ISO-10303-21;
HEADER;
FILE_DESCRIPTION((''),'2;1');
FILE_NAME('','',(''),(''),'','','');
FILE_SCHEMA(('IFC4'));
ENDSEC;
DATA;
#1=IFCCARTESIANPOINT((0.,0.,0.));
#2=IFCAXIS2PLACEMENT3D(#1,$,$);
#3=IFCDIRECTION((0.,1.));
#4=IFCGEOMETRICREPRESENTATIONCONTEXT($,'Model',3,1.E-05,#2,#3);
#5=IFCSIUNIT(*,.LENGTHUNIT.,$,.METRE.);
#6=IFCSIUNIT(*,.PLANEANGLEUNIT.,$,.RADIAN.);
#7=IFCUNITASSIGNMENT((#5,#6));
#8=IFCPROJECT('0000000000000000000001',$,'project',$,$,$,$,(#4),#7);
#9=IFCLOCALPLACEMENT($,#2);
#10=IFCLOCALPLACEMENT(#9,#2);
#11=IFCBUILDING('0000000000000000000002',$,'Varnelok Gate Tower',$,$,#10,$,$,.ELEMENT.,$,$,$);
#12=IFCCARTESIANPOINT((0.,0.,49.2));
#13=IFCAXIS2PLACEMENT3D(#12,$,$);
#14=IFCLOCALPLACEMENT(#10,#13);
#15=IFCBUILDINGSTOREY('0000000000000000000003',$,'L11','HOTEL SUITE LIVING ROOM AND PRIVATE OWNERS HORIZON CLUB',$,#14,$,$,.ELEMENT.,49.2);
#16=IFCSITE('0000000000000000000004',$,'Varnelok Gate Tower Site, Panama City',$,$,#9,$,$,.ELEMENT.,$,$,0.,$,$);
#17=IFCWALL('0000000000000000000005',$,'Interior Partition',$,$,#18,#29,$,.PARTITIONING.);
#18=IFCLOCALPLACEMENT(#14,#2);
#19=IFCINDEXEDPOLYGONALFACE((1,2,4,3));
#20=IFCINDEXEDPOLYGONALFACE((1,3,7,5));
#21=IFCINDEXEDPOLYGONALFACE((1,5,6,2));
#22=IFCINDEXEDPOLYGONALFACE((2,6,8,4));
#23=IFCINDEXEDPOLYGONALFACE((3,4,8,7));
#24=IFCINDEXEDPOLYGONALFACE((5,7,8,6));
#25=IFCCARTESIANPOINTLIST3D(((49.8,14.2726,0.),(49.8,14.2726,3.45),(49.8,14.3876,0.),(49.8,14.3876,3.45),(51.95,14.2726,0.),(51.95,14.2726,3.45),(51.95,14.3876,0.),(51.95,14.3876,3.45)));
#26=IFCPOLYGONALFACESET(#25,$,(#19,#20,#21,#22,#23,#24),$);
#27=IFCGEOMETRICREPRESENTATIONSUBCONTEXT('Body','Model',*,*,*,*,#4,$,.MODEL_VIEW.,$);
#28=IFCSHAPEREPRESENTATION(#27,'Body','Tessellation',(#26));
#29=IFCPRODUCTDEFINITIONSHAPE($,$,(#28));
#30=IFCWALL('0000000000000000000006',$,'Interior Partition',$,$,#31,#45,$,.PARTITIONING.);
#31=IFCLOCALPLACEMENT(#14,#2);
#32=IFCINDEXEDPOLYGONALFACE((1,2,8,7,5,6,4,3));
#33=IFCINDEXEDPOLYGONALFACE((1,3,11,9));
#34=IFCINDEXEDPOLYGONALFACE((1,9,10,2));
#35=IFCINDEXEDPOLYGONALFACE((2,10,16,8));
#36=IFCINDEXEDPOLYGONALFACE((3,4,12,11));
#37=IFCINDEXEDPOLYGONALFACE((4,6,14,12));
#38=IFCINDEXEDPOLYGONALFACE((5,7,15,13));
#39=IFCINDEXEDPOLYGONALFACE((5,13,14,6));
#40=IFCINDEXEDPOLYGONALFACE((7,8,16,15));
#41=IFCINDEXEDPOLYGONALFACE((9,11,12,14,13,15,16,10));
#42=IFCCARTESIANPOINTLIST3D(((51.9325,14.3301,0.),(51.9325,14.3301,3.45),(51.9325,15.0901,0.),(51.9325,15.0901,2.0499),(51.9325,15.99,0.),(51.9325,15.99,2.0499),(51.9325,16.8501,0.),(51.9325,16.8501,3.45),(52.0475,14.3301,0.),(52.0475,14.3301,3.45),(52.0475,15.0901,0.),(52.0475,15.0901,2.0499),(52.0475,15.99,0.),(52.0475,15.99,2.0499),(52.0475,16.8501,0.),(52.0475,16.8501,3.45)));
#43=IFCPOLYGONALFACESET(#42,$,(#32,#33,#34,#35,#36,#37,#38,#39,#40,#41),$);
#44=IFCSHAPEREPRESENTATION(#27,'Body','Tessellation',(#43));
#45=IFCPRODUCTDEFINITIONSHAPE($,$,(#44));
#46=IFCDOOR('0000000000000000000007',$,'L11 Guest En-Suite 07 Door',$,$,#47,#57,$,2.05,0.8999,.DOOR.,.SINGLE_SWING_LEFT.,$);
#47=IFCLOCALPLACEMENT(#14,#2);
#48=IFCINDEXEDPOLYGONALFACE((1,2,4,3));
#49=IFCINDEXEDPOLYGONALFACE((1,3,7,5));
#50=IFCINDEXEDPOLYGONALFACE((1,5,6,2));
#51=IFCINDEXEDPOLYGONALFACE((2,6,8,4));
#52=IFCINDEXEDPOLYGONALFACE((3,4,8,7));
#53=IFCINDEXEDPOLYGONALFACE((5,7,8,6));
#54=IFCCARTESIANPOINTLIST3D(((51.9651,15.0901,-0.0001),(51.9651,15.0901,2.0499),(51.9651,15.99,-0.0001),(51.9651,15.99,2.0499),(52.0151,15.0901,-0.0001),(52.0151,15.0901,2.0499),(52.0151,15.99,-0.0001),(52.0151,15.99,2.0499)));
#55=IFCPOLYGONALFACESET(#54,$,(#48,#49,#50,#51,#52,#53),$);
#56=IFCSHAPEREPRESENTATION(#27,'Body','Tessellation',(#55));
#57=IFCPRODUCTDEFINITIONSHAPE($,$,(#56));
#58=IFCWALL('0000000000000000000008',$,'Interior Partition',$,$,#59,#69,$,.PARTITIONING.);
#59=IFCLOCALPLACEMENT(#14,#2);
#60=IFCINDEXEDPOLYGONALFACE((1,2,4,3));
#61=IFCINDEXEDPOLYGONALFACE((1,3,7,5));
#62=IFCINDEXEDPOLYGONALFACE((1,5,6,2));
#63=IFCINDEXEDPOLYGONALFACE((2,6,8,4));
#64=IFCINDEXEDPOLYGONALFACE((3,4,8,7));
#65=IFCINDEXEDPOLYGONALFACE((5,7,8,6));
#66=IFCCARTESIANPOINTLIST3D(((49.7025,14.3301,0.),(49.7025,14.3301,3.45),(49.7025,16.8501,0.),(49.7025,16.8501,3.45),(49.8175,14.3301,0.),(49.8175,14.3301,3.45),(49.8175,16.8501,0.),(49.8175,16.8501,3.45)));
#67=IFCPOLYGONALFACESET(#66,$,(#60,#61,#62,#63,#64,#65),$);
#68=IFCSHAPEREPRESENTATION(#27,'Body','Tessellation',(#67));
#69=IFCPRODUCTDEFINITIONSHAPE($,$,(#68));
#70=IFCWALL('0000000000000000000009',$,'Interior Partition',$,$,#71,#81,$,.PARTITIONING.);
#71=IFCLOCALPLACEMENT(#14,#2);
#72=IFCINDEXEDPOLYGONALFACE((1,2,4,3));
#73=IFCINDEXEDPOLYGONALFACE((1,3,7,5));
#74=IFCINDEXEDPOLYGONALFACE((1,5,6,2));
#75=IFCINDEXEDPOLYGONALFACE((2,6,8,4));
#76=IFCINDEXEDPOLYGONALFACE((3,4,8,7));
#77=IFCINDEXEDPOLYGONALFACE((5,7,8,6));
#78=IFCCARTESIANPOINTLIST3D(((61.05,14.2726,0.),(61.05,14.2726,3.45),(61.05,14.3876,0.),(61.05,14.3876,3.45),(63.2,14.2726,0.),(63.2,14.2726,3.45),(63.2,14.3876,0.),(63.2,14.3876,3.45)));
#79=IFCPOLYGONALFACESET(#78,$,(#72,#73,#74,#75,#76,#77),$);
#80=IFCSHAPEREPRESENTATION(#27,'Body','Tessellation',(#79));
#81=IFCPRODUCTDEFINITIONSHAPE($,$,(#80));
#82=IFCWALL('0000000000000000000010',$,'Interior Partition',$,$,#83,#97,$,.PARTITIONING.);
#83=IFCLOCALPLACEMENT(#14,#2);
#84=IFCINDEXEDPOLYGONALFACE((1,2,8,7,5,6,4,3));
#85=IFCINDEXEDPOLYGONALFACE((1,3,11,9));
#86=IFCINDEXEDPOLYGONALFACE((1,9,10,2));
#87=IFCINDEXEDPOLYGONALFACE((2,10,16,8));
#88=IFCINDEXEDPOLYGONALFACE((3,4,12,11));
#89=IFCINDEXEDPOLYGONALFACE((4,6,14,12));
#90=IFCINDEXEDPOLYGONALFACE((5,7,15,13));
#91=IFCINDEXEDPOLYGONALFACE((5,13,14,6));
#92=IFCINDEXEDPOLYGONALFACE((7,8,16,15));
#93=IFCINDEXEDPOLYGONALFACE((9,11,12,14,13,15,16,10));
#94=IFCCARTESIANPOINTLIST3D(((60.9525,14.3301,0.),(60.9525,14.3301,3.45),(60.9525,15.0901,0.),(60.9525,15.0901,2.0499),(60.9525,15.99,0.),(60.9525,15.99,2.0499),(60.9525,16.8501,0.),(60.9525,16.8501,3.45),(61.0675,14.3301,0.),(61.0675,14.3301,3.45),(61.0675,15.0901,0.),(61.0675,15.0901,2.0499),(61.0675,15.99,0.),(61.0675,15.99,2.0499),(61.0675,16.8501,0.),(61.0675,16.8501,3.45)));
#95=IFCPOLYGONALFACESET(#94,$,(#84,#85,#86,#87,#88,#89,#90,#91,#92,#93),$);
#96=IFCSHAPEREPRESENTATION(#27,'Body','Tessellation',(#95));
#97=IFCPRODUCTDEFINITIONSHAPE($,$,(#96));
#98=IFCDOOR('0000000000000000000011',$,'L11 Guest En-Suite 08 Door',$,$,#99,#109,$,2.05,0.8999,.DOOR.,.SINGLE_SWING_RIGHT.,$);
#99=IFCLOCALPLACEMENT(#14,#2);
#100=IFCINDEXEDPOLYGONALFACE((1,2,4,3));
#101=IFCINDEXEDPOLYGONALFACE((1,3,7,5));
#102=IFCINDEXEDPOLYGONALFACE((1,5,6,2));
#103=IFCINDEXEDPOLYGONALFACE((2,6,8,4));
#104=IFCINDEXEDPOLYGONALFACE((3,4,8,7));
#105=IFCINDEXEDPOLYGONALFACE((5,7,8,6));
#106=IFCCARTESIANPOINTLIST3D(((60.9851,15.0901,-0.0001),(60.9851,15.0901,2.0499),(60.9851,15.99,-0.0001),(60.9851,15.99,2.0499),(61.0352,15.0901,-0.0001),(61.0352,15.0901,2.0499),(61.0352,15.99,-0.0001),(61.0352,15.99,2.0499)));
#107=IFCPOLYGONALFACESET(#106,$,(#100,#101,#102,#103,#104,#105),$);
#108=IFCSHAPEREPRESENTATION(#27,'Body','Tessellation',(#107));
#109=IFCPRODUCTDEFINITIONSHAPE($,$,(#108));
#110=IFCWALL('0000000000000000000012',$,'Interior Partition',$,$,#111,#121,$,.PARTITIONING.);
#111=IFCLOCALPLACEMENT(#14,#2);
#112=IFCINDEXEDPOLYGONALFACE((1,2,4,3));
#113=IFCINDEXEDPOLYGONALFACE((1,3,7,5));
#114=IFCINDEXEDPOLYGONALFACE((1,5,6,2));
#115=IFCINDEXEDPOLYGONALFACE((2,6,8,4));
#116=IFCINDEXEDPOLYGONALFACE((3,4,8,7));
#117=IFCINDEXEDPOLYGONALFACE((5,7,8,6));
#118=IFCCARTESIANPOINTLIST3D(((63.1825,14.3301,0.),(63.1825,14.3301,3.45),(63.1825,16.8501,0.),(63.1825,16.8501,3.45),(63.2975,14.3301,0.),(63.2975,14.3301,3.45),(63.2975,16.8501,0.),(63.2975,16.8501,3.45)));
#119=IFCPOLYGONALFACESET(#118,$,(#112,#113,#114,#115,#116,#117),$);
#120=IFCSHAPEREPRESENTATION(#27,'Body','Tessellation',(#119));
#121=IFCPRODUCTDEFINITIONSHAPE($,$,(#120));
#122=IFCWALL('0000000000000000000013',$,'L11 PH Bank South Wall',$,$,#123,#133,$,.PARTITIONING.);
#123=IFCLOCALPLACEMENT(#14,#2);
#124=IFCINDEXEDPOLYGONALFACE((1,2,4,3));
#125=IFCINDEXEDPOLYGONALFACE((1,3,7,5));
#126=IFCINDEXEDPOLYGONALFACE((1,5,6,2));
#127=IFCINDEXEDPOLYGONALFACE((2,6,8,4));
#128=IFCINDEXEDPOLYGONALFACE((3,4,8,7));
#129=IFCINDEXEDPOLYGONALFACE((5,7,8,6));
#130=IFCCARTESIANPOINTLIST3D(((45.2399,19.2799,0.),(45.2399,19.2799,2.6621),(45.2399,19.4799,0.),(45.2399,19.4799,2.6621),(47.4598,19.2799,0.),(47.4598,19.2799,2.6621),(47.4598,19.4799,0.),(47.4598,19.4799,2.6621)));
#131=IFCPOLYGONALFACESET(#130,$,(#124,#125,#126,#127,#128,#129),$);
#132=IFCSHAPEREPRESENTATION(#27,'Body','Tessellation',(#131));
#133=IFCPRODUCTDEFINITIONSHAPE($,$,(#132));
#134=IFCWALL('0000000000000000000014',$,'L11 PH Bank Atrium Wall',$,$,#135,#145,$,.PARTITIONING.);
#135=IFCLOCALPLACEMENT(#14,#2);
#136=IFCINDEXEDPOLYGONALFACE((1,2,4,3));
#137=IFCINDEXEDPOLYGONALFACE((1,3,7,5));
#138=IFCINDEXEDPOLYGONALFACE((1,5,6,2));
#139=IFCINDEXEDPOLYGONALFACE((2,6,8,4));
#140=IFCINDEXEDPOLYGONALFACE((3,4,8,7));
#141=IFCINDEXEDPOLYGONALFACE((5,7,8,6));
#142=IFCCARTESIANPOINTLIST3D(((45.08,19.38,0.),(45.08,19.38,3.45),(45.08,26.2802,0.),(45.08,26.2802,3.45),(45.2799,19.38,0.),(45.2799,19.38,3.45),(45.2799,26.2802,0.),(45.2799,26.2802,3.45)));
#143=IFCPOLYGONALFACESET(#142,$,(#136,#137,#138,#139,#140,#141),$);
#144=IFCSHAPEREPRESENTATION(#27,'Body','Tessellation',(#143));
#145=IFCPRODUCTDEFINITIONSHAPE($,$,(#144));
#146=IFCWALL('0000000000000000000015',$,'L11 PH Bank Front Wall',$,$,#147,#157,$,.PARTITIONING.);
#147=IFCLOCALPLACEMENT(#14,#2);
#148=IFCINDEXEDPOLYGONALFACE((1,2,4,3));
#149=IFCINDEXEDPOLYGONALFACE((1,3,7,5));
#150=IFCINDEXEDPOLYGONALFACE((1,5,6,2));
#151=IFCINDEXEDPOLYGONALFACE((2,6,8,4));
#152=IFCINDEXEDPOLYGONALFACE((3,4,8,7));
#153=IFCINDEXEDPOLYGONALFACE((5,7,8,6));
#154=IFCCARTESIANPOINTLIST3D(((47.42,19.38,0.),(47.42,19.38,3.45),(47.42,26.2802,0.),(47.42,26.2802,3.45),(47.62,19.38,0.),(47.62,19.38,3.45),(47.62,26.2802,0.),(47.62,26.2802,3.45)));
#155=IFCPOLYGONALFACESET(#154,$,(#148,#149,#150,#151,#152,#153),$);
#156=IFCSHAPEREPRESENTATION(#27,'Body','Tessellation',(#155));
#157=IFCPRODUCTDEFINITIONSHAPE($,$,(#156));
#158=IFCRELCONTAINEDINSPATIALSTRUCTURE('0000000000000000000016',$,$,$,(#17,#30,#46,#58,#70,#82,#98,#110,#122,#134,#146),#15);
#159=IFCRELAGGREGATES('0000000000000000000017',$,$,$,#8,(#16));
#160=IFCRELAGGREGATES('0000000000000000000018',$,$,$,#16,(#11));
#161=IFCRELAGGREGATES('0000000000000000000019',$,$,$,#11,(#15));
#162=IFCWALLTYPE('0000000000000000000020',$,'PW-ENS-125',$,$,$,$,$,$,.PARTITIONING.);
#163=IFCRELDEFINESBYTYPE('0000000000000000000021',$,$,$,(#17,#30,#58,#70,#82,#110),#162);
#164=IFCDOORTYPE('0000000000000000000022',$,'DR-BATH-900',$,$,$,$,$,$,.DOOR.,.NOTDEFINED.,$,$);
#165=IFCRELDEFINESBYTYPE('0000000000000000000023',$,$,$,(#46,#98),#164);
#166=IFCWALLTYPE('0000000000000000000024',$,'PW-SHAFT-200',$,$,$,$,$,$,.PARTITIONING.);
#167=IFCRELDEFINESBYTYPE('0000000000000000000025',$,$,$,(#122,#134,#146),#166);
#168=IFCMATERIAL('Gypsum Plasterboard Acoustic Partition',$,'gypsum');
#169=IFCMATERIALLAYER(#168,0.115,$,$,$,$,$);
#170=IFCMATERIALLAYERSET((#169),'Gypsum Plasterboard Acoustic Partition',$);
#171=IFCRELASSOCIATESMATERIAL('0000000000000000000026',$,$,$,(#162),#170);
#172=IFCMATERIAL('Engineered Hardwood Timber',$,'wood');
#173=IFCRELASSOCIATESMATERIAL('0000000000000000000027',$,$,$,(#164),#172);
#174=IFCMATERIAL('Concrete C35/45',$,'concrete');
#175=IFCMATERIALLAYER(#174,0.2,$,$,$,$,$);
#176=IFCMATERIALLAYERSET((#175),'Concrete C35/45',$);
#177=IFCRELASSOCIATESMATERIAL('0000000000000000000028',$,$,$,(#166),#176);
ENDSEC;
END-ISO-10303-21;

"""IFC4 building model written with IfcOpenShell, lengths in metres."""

from ifc_helpers import new_model, si_unit, direction, frame, frame_2d, origin, place, context, subcontext, project, spatial, rectangle, extrude, material, layer, layer_set, type_object, element, fill, save


model = new_model("IFC4")

# Units and contexts
model_context = context("Model", 3, precision=1e-05, world=origin(), true_north=direction((0.0, 1.0)))
body_context = subcontext(model_context, "Body", "Model", "MODEL_VIEW")
ifc_project = project(units=[si_unit("LENGTHUNIT", "METRE"), si_unit("PLANEANGLEUNIT", "RADIAN")], contexts=[model_context])

# Site, building, storey
site_placement = place(None, origin())
site = spatial("IfcSite", under=ifc_project, at=site_placement, Name="Varnelok Gate Tower Site, Panama City", CompositionType="ELEMENT", RefElevation=0.0)
building_placement = place(site_placement, origin())
building = spatial("IfcBuilding", under=site, at=building_placement, Name="Varnelok Gate Tower", CompositionType="ELEMENT")
storey_placement = place(building_placement, frame((0.0, 0.0, 49.2)))
storey = spatial("IfcBuildingStorey", under=building, at=storey_placement, Name="L11", Description="HOTEL SUITE LIVING ROOM AND PRIVATE OWNERS HORIZON CLUB", CompositionType="ELEMENT", Elevation=49.2)

# Shared definitions
ifc_material_1 = material(Name="Gypsum Plasterboard Acoustic Partition", Category="gypsum")
ifc_material_2 = material(Name="Engineered Hardwood Timber", Category="wood")

# Wall
ifc_layer_1 = layer(ifc_material_1, 0.115)
ifc_layer_set_1 = layer_set([ifc_layer_1], Name="Gypsum Plasterboard Acoustic Partition")
wall_type_1 = type_object("IfcWallType", Name="PW-ENS-125", PredefinedType="PARTITIONING", material=ifc_layer_set_1)
wall_1_placement = place(storey_placement, frame((49.8, 14.3301, 0.0), z_axis=(0.0, 0.0, 1.0), x_axis=(1.0, 0.0, 0.0)))
element("IfcWall", 1, at=wall_1_placement, inside=storey, type_object=wall_type_1, Name="Interior Partition", PredefinedType="PARTITIONING", context=body_context, shape_type="SweptSolid", body=[
    extrude(rectangle(XDim=2.1499, YDim=0.115, at=frame_2d((1.075, 0.0))), origin(), (0.0, 0.0, 1.0), 3.45),
])

# Wall, opening, door
wall_2_placement = place(storey_placement, frame((51.99, 14.3301, 0.0), z_axis=(0.0, 0.0, 1.0), x_axis=(0.0, 1.0, 0.0)))
wall_2 = element("IfcWall", 2, at=wall_2_placement, inside=storey, type_object=wall_type_1, Name="Interior Partition", PredefinedType="PARTITIONING", context=body_context, shape_type="SweptSolid", body=[
    extrude(rectangle(XDim=2.52, YDim=0.115, at=frame_2d((1.26, 0.0))), origin(), (0.0, 0.0, 1.0), 3.45),
])
opening_1_placement = place(wall_2_placement, frame((0.76, 0.0, 0.0)))
opening_1 = element("IfcOpeningElement", 3, at=opening_1_placement, cuts=wall_2, PredefinedType="OPENING", context=body_context, shape_type="SweptSolid", body=[
    extrude(rectangle(XDim=0.8999, YDim=2.05, at=frame_2d((0.45, 1.0249))), frame((0.0, 0.0674, 0.0), z_axis=(0.0, -1.0, 0.0), x_axis=(1.0, 0.0, 0.0)), (0.0, 0.0, 1.0), 0.135),
])
door_type_1 = type_object("IfcDoorType", Name="DR-BATH-900", OperationType="NOTDEFINED", PredefinedType="DOOR", material=ifc_material_2)
door_1_placement = place(opening_1_placement, origin())
door_1 = element("IfcDoor", 4, at=door_1_placement, inside=storey, type_object=door_type_1, Name="L11 Guest En-Suite 07 Door", OperationType="SINGLE_SWING_LEFT", OverallHeight=2.05, OverallWidth=0.8999, PredefinedType="DOOR", context=body_context, shape_type="SweptSolid", body=[
    extrude(rectangle(XDim=0.8999, YDim=2.05, at=frame_2d((0.45, 1.0249))), frame((0.0, 0.0249, 0.0), z_axis=(0.0, -1.0, 0.0), x_axis=(1.0, 0.0, 0.0)), (0.0, 0.0, 1.0), 0.05),
])
fill(opening_1, door_1)

# Walls
wall_3_placement = place(storey_placement, frame((49.76, 14.3301, 0.0), z_axis=(0.0, 0.0, 1.0), x_axis=(0.0, 1.0, 0.0)))
element("IfcWall", 5, at=wall_3_placement, inside=storey, type_object=wall_type_1, Name="Interior Partition", PredefinedType="PARTITIONING", context=body_context, shape_type="SweptSolid", body=[
    extrude(rectangle(XDim=2.52, YDim=0.115, at=frame_2d((1.26, 0.0))), origin(), (0.0, 0.0, 1.0), 3.45),
])
wall_4_placement = place(storey_placement, frame((61.05, 14.3301, 0.0), z_axis=(0.0, 0.0, 1.0), x_axis=(1.0, 0.0, 0.0)))
element("IfcWall", 6, at=wall_4_placement, inside=storey, type_object=wall_type_1, Name="Interior Partition", PredefinedType="PARTITIONING", context=body_context, shape_type="SweptSolid", body=[
    extrude(rectangle(XDim=2.1499, YDim=0.115, at=frame_2d((1.075, 0.0))), origin(), (0.0, 0.0, 1.0), 3.45),
])

# Wall, opening, door
wall_5_placement = place(storey_placement, frame((61.01, 14.3301, 0.0), z_axis=(0.0, 0.0, 1.0), x_axis=(0.0, 1.0, 0.0)))
wall_5 = element("IfcWall", 7, at=wall_5_placement, inside=storey, type_object=wall_type_1, Name="Interior Partition", PredefinedType="PARTITIONING", context=body_context, shape_type="SweptSolid", body=[
    extrude(rectangle(XDim=2.52, YDim=0.115, at=frame_2d((1.26, 0.0))), origin(), (0.0, 0.0, 1.0), 3.45),
])
opening_2_placement = place(wall_5_placement, frame((0.76, 0.0, 0.0)))
opening_2 = element("IfcOpeningElement", 8, at=opening_2_placement, cuts=wall_5, PredefinedType="OPENING", context=body_context, shape_type="SweptSolid", body=[
    extrude(rectangle(XDim=0.8999, YDim=2.05, at=frame_2d((0.45, 1.0249))), frame((0.0, 0.0674, 0.0), z_axis=(0.0, -1.0, 0.0), x_axis=(1.0, 0.0, 0.0)), (0.0, 0.0, 1.0), 0.135),
])
door_2_placement = place(opening_2_placement, origin())
door_2 = element("IfcDoor", 9, at=door_2_placement, inside=storey, type_object=door_type_1, Name="L11 Guest En-Suite 08 Door", OperationType="SINGLE_SWING_RIGHT", OverallHeight=2.05, OverallWidth=0.8999, PredefinedType="DOOR", context=body_context, shape_type="SweptSolid", body=[
    extrude(rectangle(XDim=0.8999, YDim=2.05, at=frame_2d((0.45, 1.0249))), frame((0.0, 0.0249, 0.0), z_axis=(0.0, -1.0, 0.0), x_axis=(1.0, 0.0, 0.0)), (0.0, 0.0, 1.0), 0.05),
])
fill(opening_2, door_2)

# Walls
wall_6_placement = place(storey_placement, frame((63.24, 14.3301, 0.0), z_axis=(0.0, 0.0, 1.0), x_axis=(0.0, 1.0, 0.0)))
element("IfcWall", 10, at=wall_6_placement, inside=storey, type_object=wall_type_1, Name="Interior Partition", PredefinedType="PARTITIONING", context=body_context, shape_type="SweptSolid", body=[
    extrude(rectangle(XDim=2.52, YDim=0.115, at=frame_2d((1.26, 0.0))), origin(), (0.0, 0.0, 1.0), 3.45),
])
ifc_material_3 = material(Name="Concrete C35/45", Category="concrete")
ifc_layer_2 = layer(ifc_material_3, 0.2)
ifc_layer_set_2 = layer_set([ifc_layer_2], Name="Concrete C35/45")
wall_type_2 = type_object("IfcWallType", Name="PW-SHAFT-200", PredefinedType="PARTITIONING", material=ifc_layer_set_2)
wall_7_placement = place(storey_placement, frame((45.24, 19.3799, 0.0), z_axis=(0.0, 0.0, 1.0), x_axis=(1.0, 0.0, 0.0)))
element("IfcWall", 11, at=wall_7_placement, inside=storey, type_object=wall_type_2, Name="L11 PH Bank South Wall", PredefinedType="PARTITIONING", context=body_context, shape_type="SweptSolid", body=[
    extrude(rectangle(XDim=2.22, YDim=0.2, at=frame_2d((1.1099, 0.0))), origin(), (0.0, 0.0, 1.0), 2.6621),
])
for number, where, z_axis, x_axis, name in (
    (12, (45.1799, 19.3799, 0.0), (0.0, 0.0, 1.0), (0.0, 1.0, 0.0), "L11 PH Bank Atrium Wall"),
    (13, (47.52, 19.3799, 0.0), (0.0, 0.0, 1.0), (0.0, 1.0, 0.0), "L11 PH Bank Front Wall"),
):
    element("IfcWall", number, at=place(storey_placement, frame(where, z_axis=z_axis, x_axis=x_axis)), inside=storey, type_object=wall_type_2, Name=name, PredefinedType="PARTITIONING", context=body_context, shape_type="SweptSolid", body=[
        extrude(rectangle(XDim=6.9001, YDim=0.2, at=frame_2d((3.4502, 0.0))), origin(), (0.0, 0.0, 1.0), 3.45),
    ])

save(model, "model.ifc")
